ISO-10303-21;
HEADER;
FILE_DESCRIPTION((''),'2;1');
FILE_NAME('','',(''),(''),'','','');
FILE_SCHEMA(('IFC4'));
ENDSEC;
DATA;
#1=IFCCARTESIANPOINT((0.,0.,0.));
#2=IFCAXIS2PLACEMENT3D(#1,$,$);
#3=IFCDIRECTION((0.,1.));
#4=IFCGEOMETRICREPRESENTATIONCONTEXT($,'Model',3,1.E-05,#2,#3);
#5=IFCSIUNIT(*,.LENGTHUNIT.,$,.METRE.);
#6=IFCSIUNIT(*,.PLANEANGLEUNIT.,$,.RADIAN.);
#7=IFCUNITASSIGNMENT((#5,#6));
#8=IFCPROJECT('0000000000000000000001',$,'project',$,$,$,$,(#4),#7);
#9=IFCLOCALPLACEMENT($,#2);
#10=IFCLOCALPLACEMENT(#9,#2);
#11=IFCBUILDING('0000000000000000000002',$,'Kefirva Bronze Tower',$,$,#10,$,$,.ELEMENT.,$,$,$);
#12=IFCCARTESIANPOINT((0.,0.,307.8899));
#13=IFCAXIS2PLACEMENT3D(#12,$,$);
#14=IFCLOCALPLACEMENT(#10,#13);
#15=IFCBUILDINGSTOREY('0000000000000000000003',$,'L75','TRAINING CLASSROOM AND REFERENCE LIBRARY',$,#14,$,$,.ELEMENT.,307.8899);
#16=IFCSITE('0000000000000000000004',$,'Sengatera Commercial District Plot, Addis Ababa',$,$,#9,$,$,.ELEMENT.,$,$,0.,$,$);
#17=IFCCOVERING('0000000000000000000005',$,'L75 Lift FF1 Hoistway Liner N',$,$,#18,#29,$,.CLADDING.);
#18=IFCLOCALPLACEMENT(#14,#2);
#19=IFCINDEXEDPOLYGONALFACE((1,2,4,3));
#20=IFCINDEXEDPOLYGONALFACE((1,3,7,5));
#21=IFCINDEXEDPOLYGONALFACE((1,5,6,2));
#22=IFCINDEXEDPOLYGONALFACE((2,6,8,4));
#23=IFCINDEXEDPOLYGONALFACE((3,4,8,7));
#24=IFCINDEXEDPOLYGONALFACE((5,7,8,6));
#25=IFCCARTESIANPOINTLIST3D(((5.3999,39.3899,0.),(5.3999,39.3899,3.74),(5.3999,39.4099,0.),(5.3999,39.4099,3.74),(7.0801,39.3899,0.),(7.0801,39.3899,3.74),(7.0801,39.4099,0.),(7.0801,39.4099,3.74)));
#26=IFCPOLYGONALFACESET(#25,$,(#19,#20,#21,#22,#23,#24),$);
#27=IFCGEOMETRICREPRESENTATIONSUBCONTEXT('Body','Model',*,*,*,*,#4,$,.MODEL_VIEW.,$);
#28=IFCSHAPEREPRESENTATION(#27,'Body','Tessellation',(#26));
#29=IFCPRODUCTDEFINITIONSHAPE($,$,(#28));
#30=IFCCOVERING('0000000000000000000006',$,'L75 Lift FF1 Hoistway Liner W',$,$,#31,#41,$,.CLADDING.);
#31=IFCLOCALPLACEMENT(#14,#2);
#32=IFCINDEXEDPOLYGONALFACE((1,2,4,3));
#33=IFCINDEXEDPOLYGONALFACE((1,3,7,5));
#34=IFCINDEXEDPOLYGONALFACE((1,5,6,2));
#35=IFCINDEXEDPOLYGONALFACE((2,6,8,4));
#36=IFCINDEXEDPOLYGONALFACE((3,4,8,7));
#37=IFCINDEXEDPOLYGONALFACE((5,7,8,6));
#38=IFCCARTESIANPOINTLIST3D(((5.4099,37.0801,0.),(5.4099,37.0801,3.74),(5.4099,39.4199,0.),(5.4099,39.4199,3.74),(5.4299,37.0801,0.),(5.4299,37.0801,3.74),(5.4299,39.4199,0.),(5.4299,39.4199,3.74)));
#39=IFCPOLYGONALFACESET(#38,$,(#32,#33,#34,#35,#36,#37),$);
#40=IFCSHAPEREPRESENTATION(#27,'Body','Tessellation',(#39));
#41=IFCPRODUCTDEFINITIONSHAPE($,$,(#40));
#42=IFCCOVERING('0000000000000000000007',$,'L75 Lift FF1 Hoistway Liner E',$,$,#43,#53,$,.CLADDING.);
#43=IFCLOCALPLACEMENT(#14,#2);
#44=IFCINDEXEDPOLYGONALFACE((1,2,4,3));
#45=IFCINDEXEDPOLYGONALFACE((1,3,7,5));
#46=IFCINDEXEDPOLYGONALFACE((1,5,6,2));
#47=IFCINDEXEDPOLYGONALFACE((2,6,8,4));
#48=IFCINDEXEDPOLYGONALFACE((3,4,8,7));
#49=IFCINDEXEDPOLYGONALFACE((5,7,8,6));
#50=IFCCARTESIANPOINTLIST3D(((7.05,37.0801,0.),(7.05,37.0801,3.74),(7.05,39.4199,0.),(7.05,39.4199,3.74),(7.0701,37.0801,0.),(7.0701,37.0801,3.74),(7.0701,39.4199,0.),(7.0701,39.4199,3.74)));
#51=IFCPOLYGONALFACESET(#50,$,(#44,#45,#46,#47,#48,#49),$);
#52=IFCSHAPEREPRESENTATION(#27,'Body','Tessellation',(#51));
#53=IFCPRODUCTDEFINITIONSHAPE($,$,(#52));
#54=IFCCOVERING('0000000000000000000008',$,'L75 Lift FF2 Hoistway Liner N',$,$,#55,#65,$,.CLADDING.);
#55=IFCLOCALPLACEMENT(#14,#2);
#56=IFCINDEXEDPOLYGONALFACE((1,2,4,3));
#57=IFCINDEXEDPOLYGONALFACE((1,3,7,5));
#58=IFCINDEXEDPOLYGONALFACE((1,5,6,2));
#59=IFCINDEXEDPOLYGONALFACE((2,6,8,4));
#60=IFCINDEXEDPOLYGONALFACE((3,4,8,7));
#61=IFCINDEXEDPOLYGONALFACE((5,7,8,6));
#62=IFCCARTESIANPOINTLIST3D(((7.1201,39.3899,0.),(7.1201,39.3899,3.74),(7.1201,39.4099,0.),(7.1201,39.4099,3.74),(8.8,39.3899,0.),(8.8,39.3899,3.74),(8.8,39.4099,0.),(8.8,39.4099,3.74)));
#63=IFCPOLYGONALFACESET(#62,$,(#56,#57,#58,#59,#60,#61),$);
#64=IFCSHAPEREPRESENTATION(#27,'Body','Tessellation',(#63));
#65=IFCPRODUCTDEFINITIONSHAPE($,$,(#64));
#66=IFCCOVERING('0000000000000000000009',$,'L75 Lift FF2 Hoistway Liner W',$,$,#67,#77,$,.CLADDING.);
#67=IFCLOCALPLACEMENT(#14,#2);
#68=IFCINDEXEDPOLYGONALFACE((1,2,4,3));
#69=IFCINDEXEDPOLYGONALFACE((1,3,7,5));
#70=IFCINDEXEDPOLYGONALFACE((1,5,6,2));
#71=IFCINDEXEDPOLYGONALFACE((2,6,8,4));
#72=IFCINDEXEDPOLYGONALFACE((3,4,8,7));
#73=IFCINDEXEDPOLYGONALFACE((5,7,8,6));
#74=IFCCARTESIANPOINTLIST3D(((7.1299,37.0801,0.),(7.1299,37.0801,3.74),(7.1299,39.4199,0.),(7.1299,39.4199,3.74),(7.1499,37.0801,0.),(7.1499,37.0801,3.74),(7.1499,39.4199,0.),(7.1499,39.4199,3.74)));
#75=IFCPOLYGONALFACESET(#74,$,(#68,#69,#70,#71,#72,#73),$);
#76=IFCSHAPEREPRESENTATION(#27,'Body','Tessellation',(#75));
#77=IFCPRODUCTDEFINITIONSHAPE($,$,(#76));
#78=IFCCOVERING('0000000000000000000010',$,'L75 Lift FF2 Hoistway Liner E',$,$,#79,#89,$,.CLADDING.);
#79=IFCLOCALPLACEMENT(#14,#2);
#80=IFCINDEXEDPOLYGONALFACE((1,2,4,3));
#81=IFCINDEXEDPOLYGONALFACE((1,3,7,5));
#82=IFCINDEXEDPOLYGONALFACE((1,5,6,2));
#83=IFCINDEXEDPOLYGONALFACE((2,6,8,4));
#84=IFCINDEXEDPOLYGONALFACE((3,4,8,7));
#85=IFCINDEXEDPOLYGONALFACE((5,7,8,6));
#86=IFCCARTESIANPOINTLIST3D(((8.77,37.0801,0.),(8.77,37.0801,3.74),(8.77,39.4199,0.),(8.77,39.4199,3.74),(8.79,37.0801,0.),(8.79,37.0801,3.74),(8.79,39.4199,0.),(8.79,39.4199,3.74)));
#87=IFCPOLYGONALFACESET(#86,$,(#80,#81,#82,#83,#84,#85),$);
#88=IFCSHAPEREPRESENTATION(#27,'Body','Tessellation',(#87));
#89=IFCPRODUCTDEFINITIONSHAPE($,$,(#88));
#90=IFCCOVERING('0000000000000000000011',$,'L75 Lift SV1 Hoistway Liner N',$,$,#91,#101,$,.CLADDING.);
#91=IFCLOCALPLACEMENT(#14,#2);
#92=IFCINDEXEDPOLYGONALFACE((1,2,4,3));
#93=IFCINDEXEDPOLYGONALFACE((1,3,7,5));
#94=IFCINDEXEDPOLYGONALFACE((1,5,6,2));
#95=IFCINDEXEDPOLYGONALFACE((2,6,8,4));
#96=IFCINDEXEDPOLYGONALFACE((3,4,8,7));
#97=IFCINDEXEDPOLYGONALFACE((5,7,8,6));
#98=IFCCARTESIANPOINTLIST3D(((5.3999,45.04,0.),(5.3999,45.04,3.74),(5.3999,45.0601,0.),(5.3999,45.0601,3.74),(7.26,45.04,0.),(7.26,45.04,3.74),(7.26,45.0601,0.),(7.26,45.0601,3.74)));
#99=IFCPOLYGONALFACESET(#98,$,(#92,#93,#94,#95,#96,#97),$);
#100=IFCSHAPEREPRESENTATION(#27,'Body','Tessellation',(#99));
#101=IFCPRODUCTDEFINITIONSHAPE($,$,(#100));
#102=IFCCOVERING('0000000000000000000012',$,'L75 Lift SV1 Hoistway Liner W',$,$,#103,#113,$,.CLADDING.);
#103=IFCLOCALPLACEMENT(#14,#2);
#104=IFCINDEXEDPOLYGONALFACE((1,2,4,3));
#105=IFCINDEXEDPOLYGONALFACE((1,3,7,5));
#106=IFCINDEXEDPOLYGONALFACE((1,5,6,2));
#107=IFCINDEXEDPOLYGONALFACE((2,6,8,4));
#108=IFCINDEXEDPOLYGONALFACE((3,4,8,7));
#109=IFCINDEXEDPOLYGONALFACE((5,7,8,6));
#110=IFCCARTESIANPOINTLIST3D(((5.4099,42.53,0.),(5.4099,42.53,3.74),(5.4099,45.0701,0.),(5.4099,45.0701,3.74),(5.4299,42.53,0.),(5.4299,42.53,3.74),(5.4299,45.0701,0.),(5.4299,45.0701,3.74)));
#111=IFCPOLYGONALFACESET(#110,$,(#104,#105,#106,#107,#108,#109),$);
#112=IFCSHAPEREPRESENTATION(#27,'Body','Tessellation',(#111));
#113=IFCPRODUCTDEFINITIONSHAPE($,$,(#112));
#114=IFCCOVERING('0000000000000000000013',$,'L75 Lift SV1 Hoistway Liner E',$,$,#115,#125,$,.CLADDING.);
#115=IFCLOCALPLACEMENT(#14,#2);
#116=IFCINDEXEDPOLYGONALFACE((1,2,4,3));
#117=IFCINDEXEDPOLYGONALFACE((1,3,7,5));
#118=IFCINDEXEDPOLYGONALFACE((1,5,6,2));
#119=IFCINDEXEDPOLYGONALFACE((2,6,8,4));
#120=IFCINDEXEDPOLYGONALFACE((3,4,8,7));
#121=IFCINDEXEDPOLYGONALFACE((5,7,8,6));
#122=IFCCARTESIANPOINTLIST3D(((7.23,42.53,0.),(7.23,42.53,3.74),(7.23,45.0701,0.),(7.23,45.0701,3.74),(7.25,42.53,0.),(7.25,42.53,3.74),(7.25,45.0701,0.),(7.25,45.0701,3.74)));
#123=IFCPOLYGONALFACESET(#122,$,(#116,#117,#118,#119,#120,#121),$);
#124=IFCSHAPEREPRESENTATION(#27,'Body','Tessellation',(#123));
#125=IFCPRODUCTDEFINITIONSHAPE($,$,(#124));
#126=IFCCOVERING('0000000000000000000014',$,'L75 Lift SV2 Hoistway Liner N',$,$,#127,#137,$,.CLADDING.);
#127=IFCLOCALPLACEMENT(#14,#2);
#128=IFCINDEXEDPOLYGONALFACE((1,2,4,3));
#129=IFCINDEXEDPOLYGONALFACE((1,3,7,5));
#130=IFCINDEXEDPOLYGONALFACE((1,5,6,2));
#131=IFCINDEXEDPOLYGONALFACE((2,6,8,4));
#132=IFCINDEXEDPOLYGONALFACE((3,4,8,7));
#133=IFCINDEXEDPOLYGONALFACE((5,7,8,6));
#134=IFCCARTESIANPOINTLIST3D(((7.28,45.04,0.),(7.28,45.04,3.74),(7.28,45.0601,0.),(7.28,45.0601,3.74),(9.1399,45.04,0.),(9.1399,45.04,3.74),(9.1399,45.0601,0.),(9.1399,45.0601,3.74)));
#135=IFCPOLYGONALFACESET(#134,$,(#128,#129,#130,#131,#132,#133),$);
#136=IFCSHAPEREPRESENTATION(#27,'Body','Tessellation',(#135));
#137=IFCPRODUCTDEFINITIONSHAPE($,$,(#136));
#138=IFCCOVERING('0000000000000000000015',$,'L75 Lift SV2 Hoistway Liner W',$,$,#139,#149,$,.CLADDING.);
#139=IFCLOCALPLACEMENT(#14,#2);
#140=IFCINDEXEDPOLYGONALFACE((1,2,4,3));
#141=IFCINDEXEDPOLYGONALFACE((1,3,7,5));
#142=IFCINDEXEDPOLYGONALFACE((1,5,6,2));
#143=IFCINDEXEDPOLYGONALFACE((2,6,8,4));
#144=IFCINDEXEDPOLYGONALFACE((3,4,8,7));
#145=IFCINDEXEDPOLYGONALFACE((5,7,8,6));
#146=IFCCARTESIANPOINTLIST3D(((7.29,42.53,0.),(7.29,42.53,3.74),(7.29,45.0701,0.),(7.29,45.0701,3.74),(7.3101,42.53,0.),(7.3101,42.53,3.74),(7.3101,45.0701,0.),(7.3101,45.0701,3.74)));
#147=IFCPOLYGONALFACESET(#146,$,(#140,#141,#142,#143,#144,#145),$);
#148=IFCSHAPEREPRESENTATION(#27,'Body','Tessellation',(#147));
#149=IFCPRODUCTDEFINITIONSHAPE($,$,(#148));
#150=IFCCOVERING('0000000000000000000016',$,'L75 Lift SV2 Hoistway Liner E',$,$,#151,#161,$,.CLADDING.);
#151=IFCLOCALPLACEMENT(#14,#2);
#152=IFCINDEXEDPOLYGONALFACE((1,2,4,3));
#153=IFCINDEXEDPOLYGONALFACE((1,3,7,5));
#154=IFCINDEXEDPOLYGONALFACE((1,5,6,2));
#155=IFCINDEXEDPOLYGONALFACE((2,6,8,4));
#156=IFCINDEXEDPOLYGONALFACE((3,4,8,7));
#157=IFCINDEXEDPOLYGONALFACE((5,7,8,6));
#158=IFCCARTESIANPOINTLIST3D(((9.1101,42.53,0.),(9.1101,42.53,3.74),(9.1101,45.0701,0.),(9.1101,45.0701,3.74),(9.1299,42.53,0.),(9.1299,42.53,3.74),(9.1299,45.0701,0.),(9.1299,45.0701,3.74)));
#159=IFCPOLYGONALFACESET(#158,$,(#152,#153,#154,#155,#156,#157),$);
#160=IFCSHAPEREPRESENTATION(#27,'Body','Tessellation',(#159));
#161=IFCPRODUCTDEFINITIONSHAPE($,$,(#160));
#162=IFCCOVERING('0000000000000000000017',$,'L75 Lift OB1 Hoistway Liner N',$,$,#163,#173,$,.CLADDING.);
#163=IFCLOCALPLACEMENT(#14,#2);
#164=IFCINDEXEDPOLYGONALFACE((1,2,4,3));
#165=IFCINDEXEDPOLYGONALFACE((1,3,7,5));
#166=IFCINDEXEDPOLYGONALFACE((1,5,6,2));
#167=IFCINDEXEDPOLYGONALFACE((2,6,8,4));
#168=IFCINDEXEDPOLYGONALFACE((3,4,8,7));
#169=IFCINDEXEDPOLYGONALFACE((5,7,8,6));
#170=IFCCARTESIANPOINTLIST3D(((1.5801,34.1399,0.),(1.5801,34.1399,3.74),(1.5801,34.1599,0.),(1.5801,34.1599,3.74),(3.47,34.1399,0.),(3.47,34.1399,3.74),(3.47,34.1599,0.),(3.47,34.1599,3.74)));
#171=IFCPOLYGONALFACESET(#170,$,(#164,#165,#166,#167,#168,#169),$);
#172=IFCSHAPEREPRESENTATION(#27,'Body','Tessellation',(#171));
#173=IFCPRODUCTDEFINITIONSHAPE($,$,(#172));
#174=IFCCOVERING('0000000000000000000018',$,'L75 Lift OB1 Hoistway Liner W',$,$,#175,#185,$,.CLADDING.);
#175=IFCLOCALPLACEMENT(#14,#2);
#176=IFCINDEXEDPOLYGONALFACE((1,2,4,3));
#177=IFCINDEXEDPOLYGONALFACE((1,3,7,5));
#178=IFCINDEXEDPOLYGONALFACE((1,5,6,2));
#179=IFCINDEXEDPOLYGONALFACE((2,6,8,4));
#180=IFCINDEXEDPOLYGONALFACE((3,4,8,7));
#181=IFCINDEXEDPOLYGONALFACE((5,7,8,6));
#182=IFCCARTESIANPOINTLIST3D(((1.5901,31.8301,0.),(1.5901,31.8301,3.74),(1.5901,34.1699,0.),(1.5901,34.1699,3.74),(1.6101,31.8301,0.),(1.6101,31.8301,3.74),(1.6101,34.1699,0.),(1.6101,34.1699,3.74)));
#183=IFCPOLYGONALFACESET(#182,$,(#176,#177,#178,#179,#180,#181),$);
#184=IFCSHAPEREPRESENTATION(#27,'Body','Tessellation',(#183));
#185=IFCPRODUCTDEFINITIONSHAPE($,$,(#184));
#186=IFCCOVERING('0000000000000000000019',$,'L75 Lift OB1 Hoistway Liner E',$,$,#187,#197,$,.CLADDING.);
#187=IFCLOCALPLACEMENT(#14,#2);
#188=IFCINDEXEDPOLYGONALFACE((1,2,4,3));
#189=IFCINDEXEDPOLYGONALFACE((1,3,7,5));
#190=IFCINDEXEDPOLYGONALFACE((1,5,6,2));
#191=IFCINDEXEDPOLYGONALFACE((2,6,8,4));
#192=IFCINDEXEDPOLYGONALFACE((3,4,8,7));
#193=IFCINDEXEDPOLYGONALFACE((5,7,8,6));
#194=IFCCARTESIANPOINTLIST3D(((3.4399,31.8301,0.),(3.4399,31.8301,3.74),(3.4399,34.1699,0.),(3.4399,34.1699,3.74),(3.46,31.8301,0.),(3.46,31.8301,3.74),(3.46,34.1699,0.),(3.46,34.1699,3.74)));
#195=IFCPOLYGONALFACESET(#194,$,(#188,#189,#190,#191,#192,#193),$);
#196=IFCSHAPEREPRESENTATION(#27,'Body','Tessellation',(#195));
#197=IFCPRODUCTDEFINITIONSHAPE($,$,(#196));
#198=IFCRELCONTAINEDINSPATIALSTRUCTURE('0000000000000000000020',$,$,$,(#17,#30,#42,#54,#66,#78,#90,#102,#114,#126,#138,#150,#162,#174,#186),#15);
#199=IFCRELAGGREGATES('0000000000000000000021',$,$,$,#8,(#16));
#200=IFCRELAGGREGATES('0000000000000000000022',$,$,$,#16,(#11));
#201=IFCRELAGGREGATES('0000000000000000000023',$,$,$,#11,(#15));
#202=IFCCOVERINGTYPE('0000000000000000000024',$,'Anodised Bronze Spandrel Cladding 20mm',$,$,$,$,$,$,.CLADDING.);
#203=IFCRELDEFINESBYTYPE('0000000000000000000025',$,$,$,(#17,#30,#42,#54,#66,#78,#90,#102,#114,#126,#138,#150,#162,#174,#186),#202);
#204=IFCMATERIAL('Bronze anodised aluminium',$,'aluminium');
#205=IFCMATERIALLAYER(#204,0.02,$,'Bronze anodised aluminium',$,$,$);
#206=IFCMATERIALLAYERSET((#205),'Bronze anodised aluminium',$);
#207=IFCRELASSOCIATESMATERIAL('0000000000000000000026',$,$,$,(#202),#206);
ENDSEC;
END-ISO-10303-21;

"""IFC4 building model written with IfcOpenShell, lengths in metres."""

from ifc_helpers import new_model, si_unit, direction, frame, origin, place, context, subcontext, project, spatial, polyline, outline, extrude, material, layer, layer_set, type_object, element, save


model = new_model("IFC4")

# Units and contexts
model_context = context("Model", 3, precision=1e-05, world=origin(), true_north=direction((0.0, 1.0)))
body_context = subcontext(model_context, "Body", "Model", "MODEL_VIEW")
ifc_project = project(units=[si_unit("LENGTHUNIT", "METRE"), si_unit("PLANEANGLEUNIT", "RADIAN")], contexts=[model_context])

# Site, building, storey
site_placement = place(None, origin())
site = spatial("IfcSite", under=ifc_project, at=site_placement, Name="Sengatera Commercial District Plot, Addis Ababa", CompositionType="ELEMENT", RefElevation=0.0)
building_placement = place(site_placement, origin())
building = spatial("IfcBuilding", under=site, at=building_placement, Name="Kefirva Bronze Tower", CompositionType="ELEMENT")
storey_placement = place(building_placement, frame((0.0, 0.0, 307.8899)))
storey = spatial("IfcBuildingStorey", under=building, at=storey_placement, Name="L75", Description="TRAINING CLASSROOM AND REFERENCE LIBRARY", CompositionType="ELEMENT", Elevation=307.8899)

# Shared definitions
ifc_material_1 = material(Name="Bronze anodised aluminium", Category="aluminium")

# Coverings
ifc_layer_1 = layer(ifc_material_1, 0.02, Name="Bronze anodised aluminium")
ifc_layer_set_1 = layer_set([ifc_layer_1], Name="Bronze anodised aluminium")
covering_type_1 = type_object("IfcCoveringType", Name="Anodised Bronze Spandrel Cladding 20mm", PredefinedType="CLADDING", material=ifc_layer_set_1)
covering_1_placement = place(storey_placement, origin())
element("IfcCovering", 1, at=covering_1_placement, inside=storey, type_object=covering_type_1, Name="L75 Lift FF1 Hoistway Liner N", PredefinedType="CLADDING", context=body_context, shape_type="SweptSolid", body=[
    extrude(outline(polyline([(5.3999, 39.3899), (7.0801, 39.3899), (7.0801, 39.4099), (5.3999, 39.4099), (5.3999, 39.3899)])), origin(), (0.0, 0.0, 1.0), 3.74),
])
covering_2_placement = place(storey_placement, origin())
element("IfcCovering", 2, at=covering_2_placement, inside=storey, type_object=covering_type_1, Name="L75 Lift FF1 Hoistway Liner W", PredefinedType="CLADDING", context=body_context, shape_type="SweptSolid", body=[
    extrude(outline(polyline([(5.4099, 37.0801), (5.4299, 37.0801), (5.4299, 39.4199), (5.4099, 39.4199), (5.4099, 37.0801)])), origin(), (0.0, 0.0, 1.0), 3.74),
])
covering_3_placement = place(storey_placement, origin())
element("IfcCovering", 3, at=covering_3_placement, inside=storey, type_object=covering_type_1, Name="L75 Lift FF1 Hoistway Liner E", PredefinedType="CLADDING", context=body_context, shape_type="SweptSolid", body=[
    extrude(outline(polyline([(7.05, 37.0801), (7.0701, 37.0801), (7.0701, 39.4199), (7.05, 39.4199), (7.05, 37.0801)])), origin(), (0.0, 0.0, 1.0), 3.74),
])
covering_4_placement = place(storey_placement, origin())
element("IfcCovering", 4, at=covering_4_placement, inside=storey, type_object=covering_type_1, Name="L75 Lift FF2 Hoistway Liner N", PredefinedType="CLADDING", context=body_context, shape_type="SweptSolid", body=[
    extrude(outline(polyline([(7.1201, 39.3899), (8.8, 39.3899), (8.8, 39.4099), (7.1201, 39.4099), (7.1201, 39.3899)])), origin(), (0.0, 0.0, 1.0), 3.74),
])
covering_5_placement = place(storey_placement, origin())
element("IfcCovering", 5, at=covering_5_placement, inside=storey, type_object=covering_type_1, Name="L75 Lift FF2 Hoistway Liner W", PredefinedType="CLADDING", context=body_context, shape_type="SweptSolid", body=[
    extrude(outline(polyline([(7.1299, 37.0801), (7.1499, 37.0801), (7.1499, 39.4199), (7.1299, 39.4199), (7.1299, 37.0801)])), origin(), (0.0, 0.0, 1.0), 3.74),
])
covering_6_placement = place(storey_placement, origin())
element("IfcCovering", 6, at=covering_6_placement, inside=storey, type_object=covering_type_1, Name="L75 Lift FF2 Hoistway Liner E", PredefinedType="CLADDING", context=body_context, shape_type="SweptSolid", body=[
    extrude(outline(polyline([(8.77, 37.0801), (8.79, 37.0801), (8.79, 39.4199), (8.77, 39.4199), (8.77, 37.0801)])), origin(), (0.0, 0.0, 1.0), 3.74),
])
covering_7_placement = place(storey_placement, origin())
element("IfcCovering", 7, at=covering_7_placement, inside=storey, type_object=covering_type_1, Name="L75 Lift SV1 Hoistway Liner N", PredefinedType="CLADDING", context=body_context, shape_type="SweptSolid", body=[
    extrude(outline(polyline([(5.3999, 45.04), (7.26, 45.04), (7.26, 45.0601), (5.3999, 45.0601), (5.3999, 45.04)])), origin(), (0.0, 0.0, 1.0), 3.74),
])
covering_8_placement = place(storey_placement, origin())
element("IfcCovering", 8, at=covering_8_placement, inside=storey, type_object=covering_type_1, Name="L75 Lift SV1 Hoistway Liner W", PredefinedType="CLADDING", context=body_context, shape_type="SweptSolid", body=[
    extrude(outline(polyline([(5.4099, 42.53), (5.4299, 42.53), (5.4299, 45.0701), (5.4099, 45.0701), (5.4099, 42.53)])), origin(), (0.0, 0.0, 1.0), 3.74),
])
covering_9_placement = place(storey_placement, origin())
element("IfcCovering", 9, at=covering_9_placement, inside=storey, type_object=covering_type_1, Name="L75 Lift SV1 Hoistway Liner E", PredefinedType="CLADDING", context=body_context, shape_type="SweptSolid", body=[
    extrude(outline(polyline([(7.23, 42.53), (7.25, 42.53), (7.25, 45.0701), (7.23, 45.0701), (7.23, 42.53)])), origin(), (0.0, 0.0, 1.0), 3.74),
])
covering_10_placement = place(storey_placement, origin())
element("IfcCovering", 10, at=covering_10_placement, inside=storey, type_object=covering_type_1, Name="L75 Lift SV2 Hoistway Liner N", PredefinedType="CLADDING", context=body_context, shape_type="SweptSolid", body=[
    extrude(outline(polyline([(7.28, 45.04), (9.1399, 45.04), (9.1399, 45.0601), (7.28, 45.0601), (7.28, 45.04)])), origin(), (0.0, 0.0, 1.0), 3.74),
])
covering_11_placement = place(storey_placement, origin())
element("IfcCovering", 11, at=covering_11_placement, inside=storey, type_object=covering_type_1, Name="L75 Lift SV2 Hoistway Liner W", PredefinedType="CLADDING", context=body_context, shape_type="SweptSolid", body=[
    extrude(outline(polyline([(7.29, 42.53), (7.3101, 42.53), (7.3101, 45.0701), (7.29, 45.0701), (7.29, 42.53)])), origin(), (0.0, 0.0, 1.0), 3.74),
])
covering_12_placement = place(storey_placement, origin())
element("IfcCovering", 12, at=covering_12_placement, inside=storey, type_object=covering_type_1, Name="L75 Lift SV2 Hoistway Liner E", PredefinedType="CLADDING", context=body_context, shape_type="SweptSolid", body=[
    extrude(outline(polyline([(9.1101, 42.53), (9.1299, 42.53), (9.1299, 45.0701), (9.1101, 45.0701), (9.1101, 42.53)])), origin(), (0.0, 0.0, 1.0), 3.74),
])
covering_13_placement = place(storey_placement, origin())
element("IfcCovering", 13, at=covering_13_placement, inside=storey, type_object=covering_type_1, Name="L75 Lift OB1 Hoistway Liner N", PredefinedType="CLADDING", context=body_context, shape_type="SweptSolid", body=[
    extrude(outline(polyline([(1.5801, 34.1399), (3.47, 34.1399), (3.47, 34.1599), (1.5801, 34.1599), (1.5801, 34.1399)])), origin(), (0.0, 0.0, 1.0), 3.74),
])
covering_14_placement = place(storey_placement, origin())
element("IfcCovering", 14, at=covering_14_placement, inside=storey, type_object=covering_type_1, Name="L75 Lift OB1 Hoistway Liner W", PredefinedType="CLADDING", context=body_context, shape_type="SweptSolid", body=[
    extrude(outline(polyline([(1.5901, 31.8301), (1.6101, 31.8301), (1.6101, 34.1699), (1.5901, 34.1699), (1.5901, 31.8301)])), origin(), (0.0, 0.0, 1.0), 3.74),
])
covering_15_placement = place(storey_placement, origin())
element("IfcCovering", 15, at=covering_15_placement, inside=storey, type_object=covering_type_1, Name="L75 Lift OB1 Hoistway Liner E", PredefinedType="CLADDING", context=body_context, shape_type="SweptSolid", body=[
    extrude(outline(polyline([(3.4399, 31.8301), (3.46, 31.8301), (3.46, 34.1699), (3.4399, 34.1699), (3.4399, 31.8301)])), origin(), (0.0, 0.0, 1.0), 3.74),
])

save(model, "model.ifc")
